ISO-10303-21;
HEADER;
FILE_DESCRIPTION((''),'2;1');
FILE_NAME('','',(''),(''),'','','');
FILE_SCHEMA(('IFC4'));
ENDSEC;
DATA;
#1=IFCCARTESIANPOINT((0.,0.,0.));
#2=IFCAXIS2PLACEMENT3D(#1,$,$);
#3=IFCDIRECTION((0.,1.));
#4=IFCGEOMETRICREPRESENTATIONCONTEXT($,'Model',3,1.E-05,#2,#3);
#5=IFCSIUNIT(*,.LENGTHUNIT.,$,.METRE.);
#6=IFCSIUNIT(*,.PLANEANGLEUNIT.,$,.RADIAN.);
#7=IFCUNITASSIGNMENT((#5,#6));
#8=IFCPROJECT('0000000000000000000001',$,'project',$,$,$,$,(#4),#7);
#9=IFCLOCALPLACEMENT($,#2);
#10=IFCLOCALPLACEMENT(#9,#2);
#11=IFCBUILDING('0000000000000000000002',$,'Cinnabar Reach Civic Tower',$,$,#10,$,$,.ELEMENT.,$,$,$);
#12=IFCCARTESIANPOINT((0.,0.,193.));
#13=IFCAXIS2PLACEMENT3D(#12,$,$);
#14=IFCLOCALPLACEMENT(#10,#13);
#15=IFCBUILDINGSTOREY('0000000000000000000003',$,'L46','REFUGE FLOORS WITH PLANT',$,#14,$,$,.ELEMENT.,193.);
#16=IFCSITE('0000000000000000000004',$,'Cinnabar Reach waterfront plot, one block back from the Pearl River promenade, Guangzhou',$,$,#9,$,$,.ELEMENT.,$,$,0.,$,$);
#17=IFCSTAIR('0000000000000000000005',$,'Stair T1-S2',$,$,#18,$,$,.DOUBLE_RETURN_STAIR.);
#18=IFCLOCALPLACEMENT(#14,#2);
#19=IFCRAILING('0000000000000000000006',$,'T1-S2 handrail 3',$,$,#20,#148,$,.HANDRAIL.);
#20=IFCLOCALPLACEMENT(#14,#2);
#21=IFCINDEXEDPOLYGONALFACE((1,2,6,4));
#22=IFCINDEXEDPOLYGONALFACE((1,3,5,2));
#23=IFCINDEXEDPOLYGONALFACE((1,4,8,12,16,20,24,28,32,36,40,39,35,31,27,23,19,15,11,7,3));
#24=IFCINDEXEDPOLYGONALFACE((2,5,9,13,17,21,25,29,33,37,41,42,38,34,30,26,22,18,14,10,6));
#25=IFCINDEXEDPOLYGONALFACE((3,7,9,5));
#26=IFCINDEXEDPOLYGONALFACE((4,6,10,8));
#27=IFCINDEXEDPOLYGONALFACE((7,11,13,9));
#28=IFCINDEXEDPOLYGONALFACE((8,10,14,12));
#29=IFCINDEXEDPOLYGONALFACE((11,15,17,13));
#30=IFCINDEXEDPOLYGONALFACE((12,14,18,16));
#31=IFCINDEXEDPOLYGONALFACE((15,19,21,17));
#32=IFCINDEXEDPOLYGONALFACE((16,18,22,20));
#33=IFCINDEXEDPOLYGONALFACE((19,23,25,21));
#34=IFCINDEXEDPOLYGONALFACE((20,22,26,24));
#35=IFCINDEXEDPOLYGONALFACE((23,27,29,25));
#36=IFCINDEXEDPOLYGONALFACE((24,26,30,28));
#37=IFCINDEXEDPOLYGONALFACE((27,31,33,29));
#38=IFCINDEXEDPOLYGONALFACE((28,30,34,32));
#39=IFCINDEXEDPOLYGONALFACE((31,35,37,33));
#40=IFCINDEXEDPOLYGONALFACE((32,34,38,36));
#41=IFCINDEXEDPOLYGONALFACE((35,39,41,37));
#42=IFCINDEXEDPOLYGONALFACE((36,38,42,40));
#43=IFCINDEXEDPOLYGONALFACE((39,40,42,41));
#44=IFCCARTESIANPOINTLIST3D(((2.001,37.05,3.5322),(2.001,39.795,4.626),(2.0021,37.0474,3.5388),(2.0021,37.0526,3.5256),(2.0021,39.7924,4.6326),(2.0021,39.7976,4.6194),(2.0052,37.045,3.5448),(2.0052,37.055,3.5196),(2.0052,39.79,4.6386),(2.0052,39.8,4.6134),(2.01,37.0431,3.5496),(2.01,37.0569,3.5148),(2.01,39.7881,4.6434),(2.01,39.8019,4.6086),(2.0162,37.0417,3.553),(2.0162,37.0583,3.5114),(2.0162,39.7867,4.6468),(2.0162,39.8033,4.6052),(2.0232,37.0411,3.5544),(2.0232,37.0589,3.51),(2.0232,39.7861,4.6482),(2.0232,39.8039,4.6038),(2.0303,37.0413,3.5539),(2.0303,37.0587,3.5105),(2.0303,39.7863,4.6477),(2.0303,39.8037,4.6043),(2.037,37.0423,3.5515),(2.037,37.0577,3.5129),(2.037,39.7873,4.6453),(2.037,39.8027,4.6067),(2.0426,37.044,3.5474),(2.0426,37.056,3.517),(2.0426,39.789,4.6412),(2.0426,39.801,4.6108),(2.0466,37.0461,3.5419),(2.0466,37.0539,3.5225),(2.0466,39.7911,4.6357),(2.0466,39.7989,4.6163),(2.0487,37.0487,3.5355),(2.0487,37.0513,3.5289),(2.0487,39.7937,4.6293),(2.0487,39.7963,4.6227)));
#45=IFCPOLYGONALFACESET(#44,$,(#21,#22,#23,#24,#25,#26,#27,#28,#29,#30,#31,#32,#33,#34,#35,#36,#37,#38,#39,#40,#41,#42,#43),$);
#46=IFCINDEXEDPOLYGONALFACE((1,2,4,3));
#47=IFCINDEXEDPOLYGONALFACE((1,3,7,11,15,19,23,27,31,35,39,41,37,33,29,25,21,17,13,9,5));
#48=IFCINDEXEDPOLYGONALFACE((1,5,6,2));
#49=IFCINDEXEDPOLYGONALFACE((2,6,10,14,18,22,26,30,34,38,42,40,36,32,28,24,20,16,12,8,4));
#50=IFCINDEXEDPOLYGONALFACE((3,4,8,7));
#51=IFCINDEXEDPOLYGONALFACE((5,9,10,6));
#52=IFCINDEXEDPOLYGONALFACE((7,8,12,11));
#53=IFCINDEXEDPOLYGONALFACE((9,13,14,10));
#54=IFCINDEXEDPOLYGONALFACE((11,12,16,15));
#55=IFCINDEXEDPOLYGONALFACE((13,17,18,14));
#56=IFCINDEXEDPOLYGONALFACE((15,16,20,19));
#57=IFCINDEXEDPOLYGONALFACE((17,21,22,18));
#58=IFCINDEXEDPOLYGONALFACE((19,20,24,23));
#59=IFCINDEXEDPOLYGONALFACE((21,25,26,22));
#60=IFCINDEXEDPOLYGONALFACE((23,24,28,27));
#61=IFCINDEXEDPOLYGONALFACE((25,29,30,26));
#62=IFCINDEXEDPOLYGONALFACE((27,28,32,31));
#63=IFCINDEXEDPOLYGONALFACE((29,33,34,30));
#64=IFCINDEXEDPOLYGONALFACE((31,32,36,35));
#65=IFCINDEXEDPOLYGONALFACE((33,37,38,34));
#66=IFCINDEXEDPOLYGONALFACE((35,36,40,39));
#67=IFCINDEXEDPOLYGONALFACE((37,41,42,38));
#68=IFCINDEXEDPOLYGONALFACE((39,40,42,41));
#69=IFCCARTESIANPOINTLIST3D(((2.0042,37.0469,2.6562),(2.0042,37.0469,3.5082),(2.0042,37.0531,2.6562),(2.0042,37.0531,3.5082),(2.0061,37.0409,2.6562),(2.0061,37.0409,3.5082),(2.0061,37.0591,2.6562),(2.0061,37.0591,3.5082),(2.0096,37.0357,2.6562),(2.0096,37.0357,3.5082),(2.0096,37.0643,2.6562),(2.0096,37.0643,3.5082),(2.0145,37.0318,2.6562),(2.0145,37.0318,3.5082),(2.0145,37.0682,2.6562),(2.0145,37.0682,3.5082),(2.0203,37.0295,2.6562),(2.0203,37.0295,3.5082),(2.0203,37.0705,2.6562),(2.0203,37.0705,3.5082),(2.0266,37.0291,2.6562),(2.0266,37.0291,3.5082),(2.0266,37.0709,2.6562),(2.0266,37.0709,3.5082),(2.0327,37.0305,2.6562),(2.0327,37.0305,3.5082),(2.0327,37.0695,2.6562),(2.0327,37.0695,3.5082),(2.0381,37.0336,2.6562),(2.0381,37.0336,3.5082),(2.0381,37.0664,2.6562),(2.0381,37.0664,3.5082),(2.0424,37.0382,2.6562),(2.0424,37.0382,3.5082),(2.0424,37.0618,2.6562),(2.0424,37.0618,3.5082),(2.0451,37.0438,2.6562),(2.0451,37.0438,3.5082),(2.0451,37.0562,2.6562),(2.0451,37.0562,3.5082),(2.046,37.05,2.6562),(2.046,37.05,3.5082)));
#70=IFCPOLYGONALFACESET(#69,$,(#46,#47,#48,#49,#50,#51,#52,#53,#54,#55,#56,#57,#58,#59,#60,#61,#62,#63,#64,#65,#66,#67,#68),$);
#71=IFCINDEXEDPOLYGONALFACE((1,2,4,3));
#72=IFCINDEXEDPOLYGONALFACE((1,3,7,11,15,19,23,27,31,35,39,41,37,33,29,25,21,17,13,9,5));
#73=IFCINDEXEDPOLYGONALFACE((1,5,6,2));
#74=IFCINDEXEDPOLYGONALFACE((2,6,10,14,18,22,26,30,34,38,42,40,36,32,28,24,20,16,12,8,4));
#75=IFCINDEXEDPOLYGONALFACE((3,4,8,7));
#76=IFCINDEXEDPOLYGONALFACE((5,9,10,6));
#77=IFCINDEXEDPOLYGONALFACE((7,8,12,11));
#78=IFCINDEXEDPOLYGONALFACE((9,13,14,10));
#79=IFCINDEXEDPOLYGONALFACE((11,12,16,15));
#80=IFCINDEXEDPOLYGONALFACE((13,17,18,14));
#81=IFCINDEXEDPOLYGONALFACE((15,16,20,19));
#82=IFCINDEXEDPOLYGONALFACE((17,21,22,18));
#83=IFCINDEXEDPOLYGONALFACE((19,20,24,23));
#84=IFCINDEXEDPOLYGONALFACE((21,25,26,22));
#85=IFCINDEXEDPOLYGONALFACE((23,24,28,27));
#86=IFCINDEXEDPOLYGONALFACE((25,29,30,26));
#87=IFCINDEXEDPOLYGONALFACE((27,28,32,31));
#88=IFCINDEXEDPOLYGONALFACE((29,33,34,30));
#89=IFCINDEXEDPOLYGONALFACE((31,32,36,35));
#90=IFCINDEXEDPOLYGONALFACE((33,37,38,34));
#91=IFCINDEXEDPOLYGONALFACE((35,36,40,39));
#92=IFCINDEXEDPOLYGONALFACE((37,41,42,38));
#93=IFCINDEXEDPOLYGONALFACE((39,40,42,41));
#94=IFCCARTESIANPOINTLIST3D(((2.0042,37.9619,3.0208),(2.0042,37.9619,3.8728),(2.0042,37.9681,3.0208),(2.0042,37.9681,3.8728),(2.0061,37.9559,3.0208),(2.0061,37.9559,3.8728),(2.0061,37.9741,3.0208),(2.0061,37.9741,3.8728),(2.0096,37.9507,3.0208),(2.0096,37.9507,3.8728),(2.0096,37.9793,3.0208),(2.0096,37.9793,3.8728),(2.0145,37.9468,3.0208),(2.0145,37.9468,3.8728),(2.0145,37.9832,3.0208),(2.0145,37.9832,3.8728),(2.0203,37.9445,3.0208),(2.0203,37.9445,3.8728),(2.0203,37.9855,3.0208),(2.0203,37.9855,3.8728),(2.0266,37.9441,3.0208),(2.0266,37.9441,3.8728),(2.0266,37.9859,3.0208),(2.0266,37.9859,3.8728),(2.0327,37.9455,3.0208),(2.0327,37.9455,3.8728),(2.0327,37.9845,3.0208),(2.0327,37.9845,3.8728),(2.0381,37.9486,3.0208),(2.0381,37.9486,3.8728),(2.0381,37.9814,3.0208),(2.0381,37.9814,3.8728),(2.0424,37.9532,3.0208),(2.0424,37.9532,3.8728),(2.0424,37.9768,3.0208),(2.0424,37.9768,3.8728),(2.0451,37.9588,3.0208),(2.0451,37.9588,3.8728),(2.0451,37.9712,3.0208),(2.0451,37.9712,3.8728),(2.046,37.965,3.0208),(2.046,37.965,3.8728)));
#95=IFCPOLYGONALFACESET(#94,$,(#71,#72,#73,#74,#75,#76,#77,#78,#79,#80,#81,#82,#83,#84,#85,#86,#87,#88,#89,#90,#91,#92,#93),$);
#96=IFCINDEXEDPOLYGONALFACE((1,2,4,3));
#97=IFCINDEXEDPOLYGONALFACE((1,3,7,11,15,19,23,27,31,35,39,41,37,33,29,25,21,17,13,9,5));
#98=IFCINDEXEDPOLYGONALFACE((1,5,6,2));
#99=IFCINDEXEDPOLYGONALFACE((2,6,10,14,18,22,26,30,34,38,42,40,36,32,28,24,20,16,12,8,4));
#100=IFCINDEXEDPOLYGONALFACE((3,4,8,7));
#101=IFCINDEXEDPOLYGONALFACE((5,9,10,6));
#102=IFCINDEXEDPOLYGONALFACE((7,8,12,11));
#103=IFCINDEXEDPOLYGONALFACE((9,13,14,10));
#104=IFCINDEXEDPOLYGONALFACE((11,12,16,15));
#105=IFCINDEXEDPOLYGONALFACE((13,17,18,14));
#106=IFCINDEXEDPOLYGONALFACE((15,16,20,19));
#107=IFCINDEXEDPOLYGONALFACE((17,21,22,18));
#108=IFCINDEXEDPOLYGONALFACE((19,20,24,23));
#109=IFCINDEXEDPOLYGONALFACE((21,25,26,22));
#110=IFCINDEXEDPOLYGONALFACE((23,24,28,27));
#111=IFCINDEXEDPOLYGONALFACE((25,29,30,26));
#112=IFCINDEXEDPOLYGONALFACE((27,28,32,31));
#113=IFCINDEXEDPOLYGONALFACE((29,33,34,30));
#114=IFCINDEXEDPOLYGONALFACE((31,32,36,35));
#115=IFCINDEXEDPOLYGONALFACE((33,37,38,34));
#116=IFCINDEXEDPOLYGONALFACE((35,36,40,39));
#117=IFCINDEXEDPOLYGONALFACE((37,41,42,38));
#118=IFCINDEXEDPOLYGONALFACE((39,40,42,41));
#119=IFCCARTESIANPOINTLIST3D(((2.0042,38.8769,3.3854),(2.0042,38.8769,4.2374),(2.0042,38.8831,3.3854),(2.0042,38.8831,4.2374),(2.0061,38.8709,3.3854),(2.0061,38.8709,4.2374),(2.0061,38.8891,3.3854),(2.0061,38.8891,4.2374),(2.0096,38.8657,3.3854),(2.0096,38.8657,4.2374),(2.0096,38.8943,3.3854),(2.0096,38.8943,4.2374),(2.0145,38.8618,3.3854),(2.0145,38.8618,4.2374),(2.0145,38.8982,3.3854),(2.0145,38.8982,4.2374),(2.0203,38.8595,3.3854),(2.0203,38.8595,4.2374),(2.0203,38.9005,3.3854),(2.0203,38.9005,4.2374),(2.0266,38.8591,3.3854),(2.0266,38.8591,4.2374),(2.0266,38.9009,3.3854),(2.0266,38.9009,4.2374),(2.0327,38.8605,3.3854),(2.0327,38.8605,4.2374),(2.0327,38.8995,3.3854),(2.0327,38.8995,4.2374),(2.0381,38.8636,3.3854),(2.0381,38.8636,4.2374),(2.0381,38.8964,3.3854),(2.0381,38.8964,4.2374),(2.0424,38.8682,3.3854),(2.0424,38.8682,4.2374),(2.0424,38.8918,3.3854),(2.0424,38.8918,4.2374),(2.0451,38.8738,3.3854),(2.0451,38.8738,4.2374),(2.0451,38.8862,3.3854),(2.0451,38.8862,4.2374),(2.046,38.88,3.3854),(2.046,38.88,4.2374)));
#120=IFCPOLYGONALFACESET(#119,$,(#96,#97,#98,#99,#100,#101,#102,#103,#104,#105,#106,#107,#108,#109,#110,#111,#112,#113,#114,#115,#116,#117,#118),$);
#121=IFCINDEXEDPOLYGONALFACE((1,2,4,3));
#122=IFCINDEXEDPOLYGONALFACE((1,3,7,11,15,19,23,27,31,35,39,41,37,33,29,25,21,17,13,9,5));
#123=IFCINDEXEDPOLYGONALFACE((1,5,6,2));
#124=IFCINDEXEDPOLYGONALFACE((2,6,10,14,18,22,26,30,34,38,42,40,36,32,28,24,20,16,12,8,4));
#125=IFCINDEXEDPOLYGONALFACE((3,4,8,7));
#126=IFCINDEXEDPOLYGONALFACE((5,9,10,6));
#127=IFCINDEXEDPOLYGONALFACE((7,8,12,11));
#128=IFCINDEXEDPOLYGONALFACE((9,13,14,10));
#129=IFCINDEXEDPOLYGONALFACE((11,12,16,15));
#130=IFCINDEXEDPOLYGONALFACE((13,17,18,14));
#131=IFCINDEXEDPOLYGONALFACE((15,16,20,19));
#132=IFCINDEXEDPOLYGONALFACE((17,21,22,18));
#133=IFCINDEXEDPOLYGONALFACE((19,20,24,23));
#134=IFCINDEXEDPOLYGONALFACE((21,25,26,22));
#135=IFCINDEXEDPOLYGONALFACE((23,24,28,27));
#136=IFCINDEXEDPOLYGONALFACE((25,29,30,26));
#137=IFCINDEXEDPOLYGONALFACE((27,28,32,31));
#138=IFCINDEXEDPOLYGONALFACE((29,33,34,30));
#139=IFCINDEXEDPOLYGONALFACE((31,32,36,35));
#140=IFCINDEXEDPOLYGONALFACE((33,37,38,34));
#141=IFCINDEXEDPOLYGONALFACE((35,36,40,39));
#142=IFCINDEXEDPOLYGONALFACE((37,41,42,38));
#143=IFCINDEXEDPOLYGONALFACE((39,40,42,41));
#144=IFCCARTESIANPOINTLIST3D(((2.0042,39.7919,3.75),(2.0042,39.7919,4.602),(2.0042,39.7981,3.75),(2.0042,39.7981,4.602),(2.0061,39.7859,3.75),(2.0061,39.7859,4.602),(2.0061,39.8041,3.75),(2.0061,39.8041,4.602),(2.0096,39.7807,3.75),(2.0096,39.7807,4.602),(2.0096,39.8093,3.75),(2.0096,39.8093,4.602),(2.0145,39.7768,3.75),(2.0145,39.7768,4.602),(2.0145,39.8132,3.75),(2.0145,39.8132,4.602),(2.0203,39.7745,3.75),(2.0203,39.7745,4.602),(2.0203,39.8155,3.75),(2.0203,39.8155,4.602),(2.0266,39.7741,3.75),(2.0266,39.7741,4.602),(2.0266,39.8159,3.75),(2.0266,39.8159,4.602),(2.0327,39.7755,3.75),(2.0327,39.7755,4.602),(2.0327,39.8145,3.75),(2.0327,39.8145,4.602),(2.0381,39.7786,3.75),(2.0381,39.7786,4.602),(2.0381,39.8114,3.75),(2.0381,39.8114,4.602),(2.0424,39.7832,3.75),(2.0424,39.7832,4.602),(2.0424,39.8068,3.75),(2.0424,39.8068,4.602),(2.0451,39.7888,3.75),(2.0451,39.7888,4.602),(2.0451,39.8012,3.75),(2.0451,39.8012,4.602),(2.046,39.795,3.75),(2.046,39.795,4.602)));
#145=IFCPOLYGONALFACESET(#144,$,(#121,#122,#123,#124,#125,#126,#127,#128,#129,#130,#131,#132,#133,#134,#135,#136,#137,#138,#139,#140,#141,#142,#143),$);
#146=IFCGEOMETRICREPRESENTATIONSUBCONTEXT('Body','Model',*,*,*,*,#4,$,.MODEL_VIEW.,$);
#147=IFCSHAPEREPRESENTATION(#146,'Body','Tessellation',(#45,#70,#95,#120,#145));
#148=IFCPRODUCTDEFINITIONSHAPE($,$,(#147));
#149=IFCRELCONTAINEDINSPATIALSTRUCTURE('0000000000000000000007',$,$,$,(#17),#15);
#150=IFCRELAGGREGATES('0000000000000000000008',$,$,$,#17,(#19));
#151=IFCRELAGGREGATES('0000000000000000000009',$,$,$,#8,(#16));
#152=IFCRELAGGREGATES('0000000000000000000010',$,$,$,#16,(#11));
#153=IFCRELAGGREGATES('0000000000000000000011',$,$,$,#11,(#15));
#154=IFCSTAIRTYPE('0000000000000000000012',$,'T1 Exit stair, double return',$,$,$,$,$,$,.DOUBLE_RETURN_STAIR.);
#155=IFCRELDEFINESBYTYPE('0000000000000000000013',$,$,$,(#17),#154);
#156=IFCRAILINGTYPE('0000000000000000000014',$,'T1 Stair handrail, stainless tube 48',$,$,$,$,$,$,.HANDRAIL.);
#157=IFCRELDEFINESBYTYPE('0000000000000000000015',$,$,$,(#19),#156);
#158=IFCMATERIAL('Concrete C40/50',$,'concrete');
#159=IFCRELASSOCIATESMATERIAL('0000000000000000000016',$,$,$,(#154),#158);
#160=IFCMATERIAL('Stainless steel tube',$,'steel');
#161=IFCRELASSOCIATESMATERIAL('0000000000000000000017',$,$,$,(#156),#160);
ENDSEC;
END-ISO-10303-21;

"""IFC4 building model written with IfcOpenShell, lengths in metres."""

from ifc_helpers import new_model, si_unit, direction, frame, origin, origin_2d, place, context, subcontext, project, spatial, circle, extrude, material, type_object, element, aggregate, save


model = new_model("IFC4")

# Units and contexts
model_context = context("Model", 3, precision=1e-05, world=origin(), true_north=direction((0.0, 1.0)))
body_context = subcontext(model_context, "Body", "Model", "MODEL_VIEW")
ifc_project = project(units=[si_unit("LENGTHUNIT", "METRE"), si_unit("PLANEANGLEUNIT", "RADIAN")], contexts=[model_context])

# Site, building, storey
site_placement = place(None, origin())
site = spatial("IfcSite", under=ifc_project, at=site_placement, Name="Cinnabar Reach waterfront plot, one block back from the Pearl River promenade, Guangzhou", CompositionType="ELEMENT", RefElevation=0.0)
building_placement = place(site_placement, origin())
building = spatial("IfcBuilding", under=site, at=building_placement, Name="Cinnabar Reach Civic Tower", CompositionType="ELEMENT")
storey_placement = place(building_placement, frame((0.0, 0.0, 193.0)))
storey = spatial("IfcBuildingStorey", under=building, at=storey_placement, Name="L46", Description="REFUGE FLOORS WITH PLANT", CompositionType="ELEMENT", Elevation=193.0)

# Shared definitions
ifc_material_1 = material(Name="Concrete C40/50", Category="concrete")

# Stair, railing
stair_type = type_object("IfcStairType", Name="T1 Exit stair, double return", PredefinedType="DOUBLE_RETURN_STAIR", material=ifc_material_1)
stair_placement = place(storey_placement, origin())
stair = element("IfcStair", 1, at=stair_placement, inside=storey, type_object=stair_type, Name="Stair T1-S2", PredefinedType="DOUBLE_RETURN_STAIR")
ifc_material_2 = material(Name="Stainless steel tube", Category="steel")
railing_type = type_object("IfcRailingType", Name="T1 Stair handrail, stainless tube 48", PredefinedType="HANDRAIL", material=ifc_material_2)
railing_1_placement = place(storey_placement, frame((2.025, 37.05, 2.6562)))
railing_1 = element("IfcRailing", 2, at=railing_1_placement, type_object=railing_type, Name="T1-S2 handrail 3", PredefinedType="HANDRAIL", context=body_context, shape_type="SweptSolid", body=[
    extrude(circle(Radius=0.024, at=origin_2d()), frame((0.0, 0.0, 0.876), z_axis=(0.0, 0.928966, 0.370165), x_axis=(-1.0, 0.0, 0.0)), (0.0, 0.0, 1.0), 2.9549),
    extrude(circle(Radius=0.021, at=origin_2d()), origin(), (0.0, 0.0, 1.0), 0.852),
    extrude(circle(Radius=0.021, at=origin_2d()), frame((0.0, 0.915, 0.3646)), (0.0, 0.0, 1.0), 0.852),
    extrude(circle(Radius=0.021, at=origin_2d()), frame((0.0, 1.83, 0.7292)), (0.0, 0.0, 1.0), 0.852),
    extrude(circle(Radius=0.021, at=origin_2d()), frame((0.0, 2.745, 1.0938)), (0.0, 0.0, 1.0), 0.852),
])
aggregate(stair, [railing_1])

save(model, "model.ifc")
